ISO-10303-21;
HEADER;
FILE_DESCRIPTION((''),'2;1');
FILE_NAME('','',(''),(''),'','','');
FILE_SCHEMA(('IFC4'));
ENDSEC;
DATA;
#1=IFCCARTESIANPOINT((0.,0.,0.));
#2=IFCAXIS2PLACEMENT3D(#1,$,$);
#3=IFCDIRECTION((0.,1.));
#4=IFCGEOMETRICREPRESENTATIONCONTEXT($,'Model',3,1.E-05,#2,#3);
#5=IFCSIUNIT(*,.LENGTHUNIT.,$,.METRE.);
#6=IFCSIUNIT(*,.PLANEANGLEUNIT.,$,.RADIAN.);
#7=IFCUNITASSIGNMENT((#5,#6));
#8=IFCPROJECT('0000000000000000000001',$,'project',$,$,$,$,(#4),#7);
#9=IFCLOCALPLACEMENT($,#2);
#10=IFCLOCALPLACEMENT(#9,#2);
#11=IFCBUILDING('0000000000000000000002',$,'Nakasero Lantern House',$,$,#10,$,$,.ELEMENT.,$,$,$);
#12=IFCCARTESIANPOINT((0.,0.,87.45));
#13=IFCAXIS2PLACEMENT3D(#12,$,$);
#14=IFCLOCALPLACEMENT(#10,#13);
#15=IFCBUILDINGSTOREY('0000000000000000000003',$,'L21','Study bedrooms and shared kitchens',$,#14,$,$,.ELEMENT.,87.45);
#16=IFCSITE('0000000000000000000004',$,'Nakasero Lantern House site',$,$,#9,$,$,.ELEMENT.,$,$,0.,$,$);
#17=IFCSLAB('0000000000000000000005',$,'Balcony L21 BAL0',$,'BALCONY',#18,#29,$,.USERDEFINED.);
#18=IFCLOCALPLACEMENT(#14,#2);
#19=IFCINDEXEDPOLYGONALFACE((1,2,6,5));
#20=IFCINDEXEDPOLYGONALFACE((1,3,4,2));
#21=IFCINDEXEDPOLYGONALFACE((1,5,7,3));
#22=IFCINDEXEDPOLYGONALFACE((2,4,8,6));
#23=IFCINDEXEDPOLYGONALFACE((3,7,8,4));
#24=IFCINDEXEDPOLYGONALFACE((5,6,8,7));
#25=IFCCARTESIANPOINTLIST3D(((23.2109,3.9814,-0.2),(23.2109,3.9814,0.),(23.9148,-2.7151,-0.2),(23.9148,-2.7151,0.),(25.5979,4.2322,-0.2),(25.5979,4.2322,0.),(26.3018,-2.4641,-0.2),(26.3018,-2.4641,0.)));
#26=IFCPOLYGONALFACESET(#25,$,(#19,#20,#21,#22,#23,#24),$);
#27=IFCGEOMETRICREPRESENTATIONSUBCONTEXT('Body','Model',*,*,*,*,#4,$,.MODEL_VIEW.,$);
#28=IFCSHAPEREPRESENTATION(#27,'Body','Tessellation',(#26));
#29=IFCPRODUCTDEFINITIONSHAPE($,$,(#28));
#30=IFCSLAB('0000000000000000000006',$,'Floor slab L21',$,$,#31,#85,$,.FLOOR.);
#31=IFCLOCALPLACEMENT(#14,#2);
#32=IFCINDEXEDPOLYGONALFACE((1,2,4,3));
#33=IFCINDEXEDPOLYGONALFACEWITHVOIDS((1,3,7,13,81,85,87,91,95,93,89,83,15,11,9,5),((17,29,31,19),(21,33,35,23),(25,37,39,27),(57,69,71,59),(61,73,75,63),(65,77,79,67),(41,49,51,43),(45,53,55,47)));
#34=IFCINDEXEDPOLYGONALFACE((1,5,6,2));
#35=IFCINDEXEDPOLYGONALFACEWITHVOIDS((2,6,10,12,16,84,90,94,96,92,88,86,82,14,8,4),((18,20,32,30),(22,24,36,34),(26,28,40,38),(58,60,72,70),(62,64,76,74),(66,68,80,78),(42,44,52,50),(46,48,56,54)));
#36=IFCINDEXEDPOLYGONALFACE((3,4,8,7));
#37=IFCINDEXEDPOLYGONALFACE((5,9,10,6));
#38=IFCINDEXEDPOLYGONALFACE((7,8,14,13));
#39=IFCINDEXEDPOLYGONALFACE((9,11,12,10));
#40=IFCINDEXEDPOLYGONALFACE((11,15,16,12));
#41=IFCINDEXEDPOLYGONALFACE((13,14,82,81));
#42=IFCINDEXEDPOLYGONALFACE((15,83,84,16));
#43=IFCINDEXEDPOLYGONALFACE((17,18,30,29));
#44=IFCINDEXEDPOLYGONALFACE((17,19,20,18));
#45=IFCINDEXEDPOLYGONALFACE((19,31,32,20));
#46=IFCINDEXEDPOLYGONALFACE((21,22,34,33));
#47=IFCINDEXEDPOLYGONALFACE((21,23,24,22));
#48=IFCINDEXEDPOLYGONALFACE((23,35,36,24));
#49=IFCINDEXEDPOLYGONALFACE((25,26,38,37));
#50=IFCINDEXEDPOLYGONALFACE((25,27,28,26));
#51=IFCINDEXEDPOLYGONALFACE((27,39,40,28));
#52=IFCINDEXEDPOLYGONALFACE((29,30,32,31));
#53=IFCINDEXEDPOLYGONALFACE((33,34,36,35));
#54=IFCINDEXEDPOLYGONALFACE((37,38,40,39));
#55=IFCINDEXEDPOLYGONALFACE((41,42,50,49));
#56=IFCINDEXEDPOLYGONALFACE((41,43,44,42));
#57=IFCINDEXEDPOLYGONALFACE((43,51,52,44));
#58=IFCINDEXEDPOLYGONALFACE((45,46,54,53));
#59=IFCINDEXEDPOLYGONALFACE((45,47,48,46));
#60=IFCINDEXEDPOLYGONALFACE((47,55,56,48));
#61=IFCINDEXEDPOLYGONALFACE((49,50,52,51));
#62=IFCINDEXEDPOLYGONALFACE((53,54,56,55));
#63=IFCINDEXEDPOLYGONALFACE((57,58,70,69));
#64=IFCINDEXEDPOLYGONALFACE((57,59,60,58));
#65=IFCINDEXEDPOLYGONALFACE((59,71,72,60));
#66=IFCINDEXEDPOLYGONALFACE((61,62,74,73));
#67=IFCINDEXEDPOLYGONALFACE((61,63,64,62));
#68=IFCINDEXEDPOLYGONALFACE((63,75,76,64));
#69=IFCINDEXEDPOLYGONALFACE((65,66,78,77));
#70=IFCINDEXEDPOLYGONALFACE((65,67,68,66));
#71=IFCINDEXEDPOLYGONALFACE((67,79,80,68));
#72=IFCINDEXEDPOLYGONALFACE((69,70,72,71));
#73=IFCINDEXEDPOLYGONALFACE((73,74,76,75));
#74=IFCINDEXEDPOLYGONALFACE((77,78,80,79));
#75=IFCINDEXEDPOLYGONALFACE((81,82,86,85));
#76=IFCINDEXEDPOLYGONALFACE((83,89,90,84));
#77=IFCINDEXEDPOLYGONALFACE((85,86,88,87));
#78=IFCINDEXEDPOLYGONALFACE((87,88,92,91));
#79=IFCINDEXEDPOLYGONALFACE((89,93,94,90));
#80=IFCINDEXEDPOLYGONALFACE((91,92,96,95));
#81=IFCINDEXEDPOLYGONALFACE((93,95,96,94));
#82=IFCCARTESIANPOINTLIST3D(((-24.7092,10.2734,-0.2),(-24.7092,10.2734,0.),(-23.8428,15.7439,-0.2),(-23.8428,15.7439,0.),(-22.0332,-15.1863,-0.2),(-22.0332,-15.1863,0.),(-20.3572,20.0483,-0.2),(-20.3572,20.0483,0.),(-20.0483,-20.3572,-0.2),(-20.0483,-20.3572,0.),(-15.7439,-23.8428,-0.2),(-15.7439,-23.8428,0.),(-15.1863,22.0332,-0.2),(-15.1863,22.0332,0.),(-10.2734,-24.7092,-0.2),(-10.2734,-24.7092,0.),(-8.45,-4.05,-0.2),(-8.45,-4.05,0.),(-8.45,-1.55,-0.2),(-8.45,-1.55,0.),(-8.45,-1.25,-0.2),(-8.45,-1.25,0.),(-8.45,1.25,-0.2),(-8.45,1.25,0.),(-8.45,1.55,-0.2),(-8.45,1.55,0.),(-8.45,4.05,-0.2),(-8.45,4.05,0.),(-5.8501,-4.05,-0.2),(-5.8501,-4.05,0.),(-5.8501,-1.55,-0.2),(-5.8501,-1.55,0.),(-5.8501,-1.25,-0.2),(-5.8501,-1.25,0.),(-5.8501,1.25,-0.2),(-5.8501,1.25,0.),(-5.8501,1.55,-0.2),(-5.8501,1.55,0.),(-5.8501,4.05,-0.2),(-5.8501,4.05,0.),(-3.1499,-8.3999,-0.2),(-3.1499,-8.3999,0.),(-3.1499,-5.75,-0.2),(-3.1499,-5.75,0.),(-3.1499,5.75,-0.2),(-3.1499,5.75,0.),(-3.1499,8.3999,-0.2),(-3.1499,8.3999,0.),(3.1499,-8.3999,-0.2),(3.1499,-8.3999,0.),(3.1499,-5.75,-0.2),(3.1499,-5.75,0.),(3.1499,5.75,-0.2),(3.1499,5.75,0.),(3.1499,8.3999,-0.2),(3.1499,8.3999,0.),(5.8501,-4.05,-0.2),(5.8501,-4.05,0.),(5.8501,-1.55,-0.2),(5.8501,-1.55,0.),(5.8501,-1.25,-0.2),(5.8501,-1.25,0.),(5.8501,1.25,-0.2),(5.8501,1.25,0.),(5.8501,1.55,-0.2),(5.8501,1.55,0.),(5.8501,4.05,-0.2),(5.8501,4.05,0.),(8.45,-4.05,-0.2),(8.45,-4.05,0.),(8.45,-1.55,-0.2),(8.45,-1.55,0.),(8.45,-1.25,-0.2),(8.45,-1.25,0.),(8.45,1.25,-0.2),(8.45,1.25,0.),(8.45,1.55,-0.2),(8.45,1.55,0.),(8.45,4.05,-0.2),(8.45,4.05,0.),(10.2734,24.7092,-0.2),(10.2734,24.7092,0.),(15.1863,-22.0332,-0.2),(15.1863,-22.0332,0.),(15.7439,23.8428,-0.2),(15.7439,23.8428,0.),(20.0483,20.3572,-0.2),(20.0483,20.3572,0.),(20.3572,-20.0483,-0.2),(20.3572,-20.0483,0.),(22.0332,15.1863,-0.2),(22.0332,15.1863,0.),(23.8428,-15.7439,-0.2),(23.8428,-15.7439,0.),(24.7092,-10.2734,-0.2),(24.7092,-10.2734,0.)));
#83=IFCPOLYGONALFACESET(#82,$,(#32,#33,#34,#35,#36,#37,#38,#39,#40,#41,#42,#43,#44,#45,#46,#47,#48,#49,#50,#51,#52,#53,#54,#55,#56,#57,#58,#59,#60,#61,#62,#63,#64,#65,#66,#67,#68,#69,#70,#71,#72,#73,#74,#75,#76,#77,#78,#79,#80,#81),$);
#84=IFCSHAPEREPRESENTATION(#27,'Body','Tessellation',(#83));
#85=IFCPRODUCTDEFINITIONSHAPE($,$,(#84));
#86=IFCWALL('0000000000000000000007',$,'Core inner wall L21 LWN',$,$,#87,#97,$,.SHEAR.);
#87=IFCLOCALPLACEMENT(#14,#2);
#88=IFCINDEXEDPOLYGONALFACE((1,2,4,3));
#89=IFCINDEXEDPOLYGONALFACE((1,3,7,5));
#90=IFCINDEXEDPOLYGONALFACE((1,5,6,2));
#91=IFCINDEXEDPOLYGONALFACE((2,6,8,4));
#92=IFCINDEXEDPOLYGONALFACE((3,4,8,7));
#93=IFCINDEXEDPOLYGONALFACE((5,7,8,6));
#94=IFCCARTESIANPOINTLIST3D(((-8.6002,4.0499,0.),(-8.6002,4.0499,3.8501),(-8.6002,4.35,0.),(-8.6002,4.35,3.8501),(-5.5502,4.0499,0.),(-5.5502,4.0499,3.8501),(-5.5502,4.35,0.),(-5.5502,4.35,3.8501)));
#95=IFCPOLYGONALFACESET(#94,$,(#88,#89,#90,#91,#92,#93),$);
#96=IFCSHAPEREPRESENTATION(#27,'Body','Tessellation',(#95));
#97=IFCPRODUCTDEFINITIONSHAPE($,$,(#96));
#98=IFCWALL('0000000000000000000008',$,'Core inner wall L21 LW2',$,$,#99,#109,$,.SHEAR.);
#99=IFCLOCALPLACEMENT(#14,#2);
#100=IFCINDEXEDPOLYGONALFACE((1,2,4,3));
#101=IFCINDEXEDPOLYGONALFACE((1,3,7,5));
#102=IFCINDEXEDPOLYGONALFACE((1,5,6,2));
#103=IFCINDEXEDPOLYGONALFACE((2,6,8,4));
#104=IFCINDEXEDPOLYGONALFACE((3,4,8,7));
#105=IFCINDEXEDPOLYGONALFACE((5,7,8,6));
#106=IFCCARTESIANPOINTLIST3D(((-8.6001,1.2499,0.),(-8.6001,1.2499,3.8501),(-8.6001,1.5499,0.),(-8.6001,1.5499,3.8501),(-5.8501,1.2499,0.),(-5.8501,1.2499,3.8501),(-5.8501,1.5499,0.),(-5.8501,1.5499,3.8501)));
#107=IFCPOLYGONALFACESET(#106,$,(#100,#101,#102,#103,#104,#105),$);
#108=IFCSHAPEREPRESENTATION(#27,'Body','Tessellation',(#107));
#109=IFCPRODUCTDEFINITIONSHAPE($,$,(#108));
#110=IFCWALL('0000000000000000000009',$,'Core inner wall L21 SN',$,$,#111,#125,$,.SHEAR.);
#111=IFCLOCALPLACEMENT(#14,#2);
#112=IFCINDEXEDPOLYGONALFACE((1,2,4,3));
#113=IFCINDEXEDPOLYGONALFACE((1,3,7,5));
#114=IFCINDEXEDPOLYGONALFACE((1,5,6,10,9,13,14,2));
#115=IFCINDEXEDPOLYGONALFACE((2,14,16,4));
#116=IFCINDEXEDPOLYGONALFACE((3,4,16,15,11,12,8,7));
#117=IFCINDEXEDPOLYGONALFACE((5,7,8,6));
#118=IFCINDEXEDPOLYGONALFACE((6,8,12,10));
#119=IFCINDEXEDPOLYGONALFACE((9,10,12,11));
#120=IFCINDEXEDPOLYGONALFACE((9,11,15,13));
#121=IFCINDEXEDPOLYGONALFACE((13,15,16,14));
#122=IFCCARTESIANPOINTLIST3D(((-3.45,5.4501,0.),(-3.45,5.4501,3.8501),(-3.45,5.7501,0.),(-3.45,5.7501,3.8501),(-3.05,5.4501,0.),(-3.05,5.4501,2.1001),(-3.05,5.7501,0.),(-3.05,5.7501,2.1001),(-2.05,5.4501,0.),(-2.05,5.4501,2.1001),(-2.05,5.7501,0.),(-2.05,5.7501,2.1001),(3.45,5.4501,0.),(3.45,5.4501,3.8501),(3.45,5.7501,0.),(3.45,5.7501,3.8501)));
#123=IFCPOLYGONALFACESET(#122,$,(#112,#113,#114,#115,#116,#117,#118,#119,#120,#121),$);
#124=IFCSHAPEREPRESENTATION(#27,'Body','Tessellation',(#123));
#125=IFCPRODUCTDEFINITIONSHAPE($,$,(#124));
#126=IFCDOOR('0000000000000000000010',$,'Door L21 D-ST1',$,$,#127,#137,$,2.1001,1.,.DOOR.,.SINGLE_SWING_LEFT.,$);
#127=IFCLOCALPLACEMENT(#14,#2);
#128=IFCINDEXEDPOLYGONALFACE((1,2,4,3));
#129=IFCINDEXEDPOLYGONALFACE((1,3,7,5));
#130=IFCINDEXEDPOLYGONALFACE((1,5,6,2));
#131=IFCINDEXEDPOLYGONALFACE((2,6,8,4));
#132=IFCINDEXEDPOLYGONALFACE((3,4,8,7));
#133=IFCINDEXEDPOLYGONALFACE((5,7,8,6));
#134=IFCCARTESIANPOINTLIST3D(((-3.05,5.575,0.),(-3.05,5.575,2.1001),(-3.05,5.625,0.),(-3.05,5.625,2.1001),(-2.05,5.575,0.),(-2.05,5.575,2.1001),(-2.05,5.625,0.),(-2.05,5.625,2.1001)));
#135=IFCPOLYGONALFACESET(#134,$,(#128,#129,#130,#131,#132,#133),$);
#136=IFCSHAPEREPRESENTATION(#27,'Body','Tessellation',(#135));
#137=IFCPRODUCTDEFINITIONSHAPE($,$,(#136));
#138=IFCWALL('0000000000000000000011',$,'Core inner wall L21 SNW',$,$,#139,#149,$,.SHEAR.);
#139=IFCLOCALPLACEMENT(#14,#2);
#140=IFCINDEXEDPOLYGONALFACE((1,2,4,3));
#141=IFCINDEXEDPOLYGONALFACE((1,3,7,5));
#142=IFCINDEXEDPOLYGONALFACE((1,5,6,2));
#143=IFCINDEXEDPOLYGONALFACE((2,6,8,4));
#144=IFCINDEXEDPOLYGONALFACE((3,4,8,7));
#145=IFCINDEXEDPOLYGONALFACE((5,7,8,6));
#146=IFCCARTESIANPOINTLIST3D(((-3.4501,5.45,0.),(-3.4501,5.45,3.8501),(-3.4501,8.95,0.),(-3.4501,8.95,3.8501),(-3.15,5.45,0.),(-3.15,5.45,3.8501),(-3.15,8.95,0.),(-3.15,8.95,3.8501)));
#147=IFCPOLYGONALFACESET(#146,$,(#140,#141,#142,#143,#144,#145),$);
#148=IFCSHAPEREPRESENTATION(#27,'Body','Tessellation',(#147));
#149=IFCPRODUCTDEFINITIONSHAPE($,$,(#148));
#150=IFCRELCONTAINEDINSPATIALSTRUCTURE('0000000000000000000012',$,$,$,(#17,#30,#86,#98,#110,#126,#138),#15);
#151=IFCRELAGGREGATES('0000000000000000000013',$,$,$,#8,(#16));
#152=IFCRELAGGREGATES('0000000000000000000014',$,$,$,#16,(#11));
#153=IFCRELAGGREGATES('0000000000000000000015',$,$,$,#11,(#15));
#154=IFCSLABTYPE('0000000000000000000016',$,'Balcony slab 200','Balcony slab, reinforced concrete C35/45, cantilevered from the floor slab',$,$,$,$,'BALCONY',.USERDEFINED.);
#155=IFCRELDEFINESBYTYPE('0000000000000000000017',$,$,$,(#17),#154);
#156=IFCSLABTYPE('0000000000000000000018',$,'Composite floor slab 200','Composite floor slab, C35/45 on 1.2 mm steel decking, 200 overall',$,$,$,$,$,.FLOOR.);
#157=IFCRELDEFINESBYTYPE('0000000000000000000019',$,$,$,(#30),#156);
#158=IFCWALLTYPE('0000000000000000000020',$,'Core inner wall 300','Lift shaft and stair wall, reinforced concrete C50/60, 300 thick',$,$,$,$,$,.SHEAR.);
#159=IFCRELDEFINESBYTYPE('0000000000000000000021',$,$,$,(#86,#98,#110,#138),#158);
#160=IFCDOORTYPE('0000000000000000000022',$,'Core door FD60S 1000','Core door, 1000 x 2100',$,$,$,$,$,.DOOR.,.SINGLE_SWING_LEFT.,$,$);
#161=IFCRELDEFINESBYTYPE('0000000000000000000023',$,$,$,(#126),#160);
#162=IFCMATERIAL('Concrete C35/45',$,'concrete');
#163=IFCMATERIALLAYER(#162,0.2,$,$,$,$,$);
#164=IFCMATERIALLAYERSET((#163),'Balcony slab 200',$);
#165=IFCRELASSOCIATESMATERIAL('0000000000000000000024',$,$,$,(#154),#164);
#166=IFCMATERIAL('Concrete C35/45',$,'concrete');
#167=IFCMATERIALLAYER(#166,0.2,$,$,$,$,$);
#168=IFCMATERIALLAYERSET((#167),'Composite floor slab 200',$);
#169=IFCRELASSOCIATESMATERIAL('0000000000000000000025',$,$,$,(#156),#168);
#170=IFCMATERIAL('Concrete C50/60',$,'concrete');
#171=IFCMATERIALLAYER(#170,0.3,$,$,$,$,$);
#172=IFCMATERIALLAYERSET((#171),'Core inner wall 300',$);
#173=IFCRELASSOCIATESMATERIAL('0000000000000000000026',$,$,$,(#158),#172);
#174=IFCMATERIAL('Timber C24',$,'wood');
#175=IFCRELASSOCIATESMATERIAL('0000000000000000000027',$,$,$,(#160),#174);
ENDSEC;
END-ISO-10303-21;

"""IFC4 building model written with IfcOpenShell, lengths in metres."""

from ifc_helpers import new_model, si_unit, direction, frame, frame_2d, origin, place, context, subcontext, project, spatial, polyline, rectangle, outline, extrude, material, layer, layer_set, type_object, element, fill, save


model = new_model("IFC4")

# Units and contexts
model_context = context("Model", 3, precision=1e-05, world=origin(), true_north=direction((0.0, 1.0)))
body_context = subcontext(model_context, "Body", "Model", "MODEL_VIEW")
ifc_project = project(units=[si_unit("LENGTHUNIT", "METRE"), si_unit("PLANEANGLEUNIT", "RADIAN")], contexts=[model_context])

# Site, building, storey
site_placement = place(None, origin())
site = spatial("IfcSite", under=ifc_project, at=site_placement, Name="Nakasero Lantern House site", CompositionType="ELEMENT", RefElevation=0.0)
building_placement = place(site_placement, origin())
building = spatial("IfcBuilding", under=site, at=building_placement, Name="Nakasero Lantern House", CompositionType="ELEMENT")
storey_placement = place(building_placement, frame((0.0, 0.0, 87.45)))
storey = spatial("IfcBuildingStorey", under=building, at=storey_placement, Name="L21", Description="Study bedrooms and shared kitchens", CompositionType="ELEMENT", Elevation=87.45)

# Slabs
ifc_material_1 = material(Name="Concrete C35/45", Category="concrete")
ifc_layer_1 = layer(ifc_material_1, 0.2)
ifc_layer_set_1 = layer_set([ifc_layer_1], Name="Balcony slab 200")
slab_type_1 = type_object("IfcSlabType", Name="Balcony slab 200", Description="Balcony slab, reinforced concrete C35/45, cantilevered from the floor slab", ElementType="BALCONY", PredefinedType="USERDEFINED", material=ifc_layer_set_1)
slab_1_placement = place(storey_placement, frame((0.0, 0.0, -0.2)))
element("IfcSlab", 1, at=slab_1_placement, inside=storey, type_object=slab_type_1, Name="Balcony L21 BAL0", ObjectType="BALCONY", PredefinedType="USERDEFINED", context=body_context, shape_type="SweptSolid", body=[
    extrude(outline(polyline([(23.9148, -2.7151), (26.3018, -2.4641), (25.5979, 4.2322), (23.2109, 3.9814), (23.9148, -2.7151)])), origin(), (0.0, 0.0, 1.0), 0.2),
])
ifc_material_2 = material(Name="Concrete C35/45", Category="concrete")
ifc_layer_2 = layer(ifc_material_2, 0.2)
ifc_layer_set_2 = layer_set([ifc_layer_2], Name="Composite floor slab 200")
slab_type_2 = type_object("IfcSlabType", Name="Composite floor slab 200", Description="Composite floor slab, C35/45 on 1.2 mm steel decking, 200 overall", PredefinedType="FLOOR", material=ifc_layer_set_2)
slab_2_placement = place(storey_placement, frame((0.0, 0.0, -0.2)))
element("IfcSlab", 2, at=slab_2_placement, inside=storey, type_object=slab_type_2, Name="Floor slab L21", PredefinedType="FLOOR", context=body_context, shape_type="SweptSolid", body=[
    extrude(outline(polyline([(22.0332, 15.1863), (20.0483, 20.3572), (15.7439, 23.8428), (10.2734, 24.7092), (-15.1863, 22.0332), (-20.3572, 20.0483), (-23.8428, 15.7439), (-24.7092, 10.2734), (-22.0332, -15.1863), (-20.0483, -20.3572), (-15.7439, -23.8428), (-10.2734, -24.7092), (15.1863, -22.0332), (20.3572, -20.0483), (23.8428, -15.7439), (24.7092, -10.2734), (22.0332, 15.1863)]), holes=[polyline([(-8.45, -4.05), (-5.8501, -4.05), (-5.8501, -1.55), (-8.45, -1.55), (-8.45, -4.05)]), polyline([(-8.45, -1.25), (-5.8501, -1.25), (-5.8501, 1.25), (-8.45, 1.25), (-8.45, -1.25)]), polyline([(-8.45, 1.55), (-5.8501, 1.55), (-5.8501, 4.05), (-8.45, 4.05), (-8.45, 1.55)]), polyline([(5.8501, -4.05), (8.45, -4.05), (8.45, -1.55), (5.8501, -1.55), (5.8501, -4.05)]), polyline([(5.8501, -1.25), (8.45, -1.25), (8.45, 1.25), (5.8501, 1.25), (5.8501, -1.25)]), polyline([(5.8501, 1.55), (8.45, 1.55), (8.45, 4.05), (5.8501, 4.05), (5.8501, 1.55)]), polyline([(-3.1499, 5.75), (3.1499, 5.75), (3.1499, 8.3999), (-3.1499, 8.3999), (-3.1499, 5.75)]), polyline([(-3.1499, -8.3999), (3.1499, -8.3999), (3.1499, -5.75), (-3.1499, -5.75), (-3.1499, -8.3999)])]), origin(), (0.0, 0.0, 1.0), 0.2),
])

# Walls
ifc_material_3 = material(Name="Concrete C50/60", Category="concrete")
ifc_layer_3 = layer(ifc_material_3, 0.3)
ifc_layer_set_3 = layer_set([ifc_layer_3], Name="Core inner wall 300")
wall_type_1 = type_object("IfcWallType", Name="Core inner wall 300", Description="Lift shaft and stair wall, reinforced concrete C50/60, 300 thick", PredefinedType="SHEAR", material=ifc_layer_set_3)
wall_1_placement = place(storey_placement, frame((-8.6001, 4.2, 0.0), z_axis=(0.0, 0.0, 1.0), x_axis=(1.0, 0.0, 0.0)))
element("IfcWall", 3, at=wall_1_placement, inside=storey, type_object=wall_type_1, Name="Core inner wall L21 LWN", PredefinedType="SHEAR", context=body_context, shape_type="SweptSolid", body=[
    extrude(rectangle(XDim=3.05, YDim=0.3, at=frame_2d((1.5249, 0.0))), origin(), (0.0, 0.0, 1.0), 3.8501),
])
wall_2_placement = place(storey_placement, frame((-8.6001, 1.3999, 0.0), z_axis=(0.0, 0.0, 1.0), x_axis=(1.0, 0.0, 0.0)))
element("IfcWall", 4, at=wall_2_placement, inside=storey, type_object=wall_type_1, Name="Core inner wall L21 LW2", PredefinedType="SHEAR", context=body_context, shape_type="SweptSolid", body=[
    extrude(rectangle(XDim=2.75, YDim=0.3, at=frame_2d((1.375, 0.0))), origin(), (0.0, 0.0, 1.0), 3.8501),
])

# Wall, opening, door
wall_3_placement = place(storey_placement, frame((-3.45, 5.6001, 0.0), z_axis=(0.0, 0.0, 1.0), x_axis=(1.0, 0.0, 0.0)))
wall_3 = element("IfcWall", 5, at=wall_3_placement, inside=storey, type_object=wall_type_1, Name="Core inner wall L21 SN", PredefinedType="SHEAR", context=body_context, shape_type="SweptSolid", body=[
    extrude(rectangle(XDim=6.8999, YDim=0.3, at=frame_2d((3.45, 0.0))), origin(), (0.0, 0.0, 1.0), 3.8501),
])
opening_1_placement = place(wall_3_placement, frame((0.3999, 0.0, 0.0)))
opening_1 = element("IfcOpeningElement", 6, at=opening_1_placement, cuts=wall_3, PredefinedType="OPENING", context=body_context, shape_type="SweptSolid", body=[
    extrude(rectangle(XDim=1.0, YDim=2.1001, at=frame_2d((0.5, 1.05))), frame((0.0, 0.1699, 0.0), z_axis=(0.0, -1.0, 0.0), x_axis=(1.0, 0.0, 0.0)), (0.0, 0.0, 1.0), 0.3401),
])
ifc_material_4 = material(Name="Timber C24", Category="wood")
door_type_1 = type_object("IfcDoorType", Name="Core door FD60S 1000", Description="Core door, 1000 x 2100", OperationType="SINGLE_SWING_LEFT", PredefinedType="DOOR", material=ifc_material_4)
door_1_placement = place(opening_1_placement, origin())
door_1 = element("IfcDoor", 7, at=door_1_placement, inside=storey, type_object=door_type_1, Name="Door L21 D-ST1", OperationType="SINGLE_SWING_LEFT", OverallHeight=2.1001, OverallWidth=1.0, PredefinedType="DOOR", context=body_context, shape_type="SweptSolid", body=[
    extrude(rectangle(XDim=1.0, YDim=2.1001, at=frame_2d((0.5, 1.05))), frame((0.0, 0.0249, 0.0), z_axis=(0.0, -1.0, 0.0), x_axis=(1.0, 0.0, 0.0)), (0.0, 0.0, 1.0), 0.05),
])
fill(opening_1, door_1)

# Wall
wall_4_placement = place(storey_placement, frame((-3.3, 5.45, 0.0), z_axis=(0.0, 0.0, 1.0), x_axis=(0.0, 1.0, 0.0)))
element("IfcWall", 8, at=wall_4_placement, inside=storey, type_object=wall_type_1, Name="Core inner wall L21 SNW", PredefinedType="SHEAR", context=body_context, shape_type="SweptSolid", body=[
    extrude(rectangle(XDim=3.5, YDim=0.3, at=frame_2d((1.75, 0.0))), origin(), (0.0, 0.0, 1.0), 3.8501),
])

save(model, "model.ifc")
